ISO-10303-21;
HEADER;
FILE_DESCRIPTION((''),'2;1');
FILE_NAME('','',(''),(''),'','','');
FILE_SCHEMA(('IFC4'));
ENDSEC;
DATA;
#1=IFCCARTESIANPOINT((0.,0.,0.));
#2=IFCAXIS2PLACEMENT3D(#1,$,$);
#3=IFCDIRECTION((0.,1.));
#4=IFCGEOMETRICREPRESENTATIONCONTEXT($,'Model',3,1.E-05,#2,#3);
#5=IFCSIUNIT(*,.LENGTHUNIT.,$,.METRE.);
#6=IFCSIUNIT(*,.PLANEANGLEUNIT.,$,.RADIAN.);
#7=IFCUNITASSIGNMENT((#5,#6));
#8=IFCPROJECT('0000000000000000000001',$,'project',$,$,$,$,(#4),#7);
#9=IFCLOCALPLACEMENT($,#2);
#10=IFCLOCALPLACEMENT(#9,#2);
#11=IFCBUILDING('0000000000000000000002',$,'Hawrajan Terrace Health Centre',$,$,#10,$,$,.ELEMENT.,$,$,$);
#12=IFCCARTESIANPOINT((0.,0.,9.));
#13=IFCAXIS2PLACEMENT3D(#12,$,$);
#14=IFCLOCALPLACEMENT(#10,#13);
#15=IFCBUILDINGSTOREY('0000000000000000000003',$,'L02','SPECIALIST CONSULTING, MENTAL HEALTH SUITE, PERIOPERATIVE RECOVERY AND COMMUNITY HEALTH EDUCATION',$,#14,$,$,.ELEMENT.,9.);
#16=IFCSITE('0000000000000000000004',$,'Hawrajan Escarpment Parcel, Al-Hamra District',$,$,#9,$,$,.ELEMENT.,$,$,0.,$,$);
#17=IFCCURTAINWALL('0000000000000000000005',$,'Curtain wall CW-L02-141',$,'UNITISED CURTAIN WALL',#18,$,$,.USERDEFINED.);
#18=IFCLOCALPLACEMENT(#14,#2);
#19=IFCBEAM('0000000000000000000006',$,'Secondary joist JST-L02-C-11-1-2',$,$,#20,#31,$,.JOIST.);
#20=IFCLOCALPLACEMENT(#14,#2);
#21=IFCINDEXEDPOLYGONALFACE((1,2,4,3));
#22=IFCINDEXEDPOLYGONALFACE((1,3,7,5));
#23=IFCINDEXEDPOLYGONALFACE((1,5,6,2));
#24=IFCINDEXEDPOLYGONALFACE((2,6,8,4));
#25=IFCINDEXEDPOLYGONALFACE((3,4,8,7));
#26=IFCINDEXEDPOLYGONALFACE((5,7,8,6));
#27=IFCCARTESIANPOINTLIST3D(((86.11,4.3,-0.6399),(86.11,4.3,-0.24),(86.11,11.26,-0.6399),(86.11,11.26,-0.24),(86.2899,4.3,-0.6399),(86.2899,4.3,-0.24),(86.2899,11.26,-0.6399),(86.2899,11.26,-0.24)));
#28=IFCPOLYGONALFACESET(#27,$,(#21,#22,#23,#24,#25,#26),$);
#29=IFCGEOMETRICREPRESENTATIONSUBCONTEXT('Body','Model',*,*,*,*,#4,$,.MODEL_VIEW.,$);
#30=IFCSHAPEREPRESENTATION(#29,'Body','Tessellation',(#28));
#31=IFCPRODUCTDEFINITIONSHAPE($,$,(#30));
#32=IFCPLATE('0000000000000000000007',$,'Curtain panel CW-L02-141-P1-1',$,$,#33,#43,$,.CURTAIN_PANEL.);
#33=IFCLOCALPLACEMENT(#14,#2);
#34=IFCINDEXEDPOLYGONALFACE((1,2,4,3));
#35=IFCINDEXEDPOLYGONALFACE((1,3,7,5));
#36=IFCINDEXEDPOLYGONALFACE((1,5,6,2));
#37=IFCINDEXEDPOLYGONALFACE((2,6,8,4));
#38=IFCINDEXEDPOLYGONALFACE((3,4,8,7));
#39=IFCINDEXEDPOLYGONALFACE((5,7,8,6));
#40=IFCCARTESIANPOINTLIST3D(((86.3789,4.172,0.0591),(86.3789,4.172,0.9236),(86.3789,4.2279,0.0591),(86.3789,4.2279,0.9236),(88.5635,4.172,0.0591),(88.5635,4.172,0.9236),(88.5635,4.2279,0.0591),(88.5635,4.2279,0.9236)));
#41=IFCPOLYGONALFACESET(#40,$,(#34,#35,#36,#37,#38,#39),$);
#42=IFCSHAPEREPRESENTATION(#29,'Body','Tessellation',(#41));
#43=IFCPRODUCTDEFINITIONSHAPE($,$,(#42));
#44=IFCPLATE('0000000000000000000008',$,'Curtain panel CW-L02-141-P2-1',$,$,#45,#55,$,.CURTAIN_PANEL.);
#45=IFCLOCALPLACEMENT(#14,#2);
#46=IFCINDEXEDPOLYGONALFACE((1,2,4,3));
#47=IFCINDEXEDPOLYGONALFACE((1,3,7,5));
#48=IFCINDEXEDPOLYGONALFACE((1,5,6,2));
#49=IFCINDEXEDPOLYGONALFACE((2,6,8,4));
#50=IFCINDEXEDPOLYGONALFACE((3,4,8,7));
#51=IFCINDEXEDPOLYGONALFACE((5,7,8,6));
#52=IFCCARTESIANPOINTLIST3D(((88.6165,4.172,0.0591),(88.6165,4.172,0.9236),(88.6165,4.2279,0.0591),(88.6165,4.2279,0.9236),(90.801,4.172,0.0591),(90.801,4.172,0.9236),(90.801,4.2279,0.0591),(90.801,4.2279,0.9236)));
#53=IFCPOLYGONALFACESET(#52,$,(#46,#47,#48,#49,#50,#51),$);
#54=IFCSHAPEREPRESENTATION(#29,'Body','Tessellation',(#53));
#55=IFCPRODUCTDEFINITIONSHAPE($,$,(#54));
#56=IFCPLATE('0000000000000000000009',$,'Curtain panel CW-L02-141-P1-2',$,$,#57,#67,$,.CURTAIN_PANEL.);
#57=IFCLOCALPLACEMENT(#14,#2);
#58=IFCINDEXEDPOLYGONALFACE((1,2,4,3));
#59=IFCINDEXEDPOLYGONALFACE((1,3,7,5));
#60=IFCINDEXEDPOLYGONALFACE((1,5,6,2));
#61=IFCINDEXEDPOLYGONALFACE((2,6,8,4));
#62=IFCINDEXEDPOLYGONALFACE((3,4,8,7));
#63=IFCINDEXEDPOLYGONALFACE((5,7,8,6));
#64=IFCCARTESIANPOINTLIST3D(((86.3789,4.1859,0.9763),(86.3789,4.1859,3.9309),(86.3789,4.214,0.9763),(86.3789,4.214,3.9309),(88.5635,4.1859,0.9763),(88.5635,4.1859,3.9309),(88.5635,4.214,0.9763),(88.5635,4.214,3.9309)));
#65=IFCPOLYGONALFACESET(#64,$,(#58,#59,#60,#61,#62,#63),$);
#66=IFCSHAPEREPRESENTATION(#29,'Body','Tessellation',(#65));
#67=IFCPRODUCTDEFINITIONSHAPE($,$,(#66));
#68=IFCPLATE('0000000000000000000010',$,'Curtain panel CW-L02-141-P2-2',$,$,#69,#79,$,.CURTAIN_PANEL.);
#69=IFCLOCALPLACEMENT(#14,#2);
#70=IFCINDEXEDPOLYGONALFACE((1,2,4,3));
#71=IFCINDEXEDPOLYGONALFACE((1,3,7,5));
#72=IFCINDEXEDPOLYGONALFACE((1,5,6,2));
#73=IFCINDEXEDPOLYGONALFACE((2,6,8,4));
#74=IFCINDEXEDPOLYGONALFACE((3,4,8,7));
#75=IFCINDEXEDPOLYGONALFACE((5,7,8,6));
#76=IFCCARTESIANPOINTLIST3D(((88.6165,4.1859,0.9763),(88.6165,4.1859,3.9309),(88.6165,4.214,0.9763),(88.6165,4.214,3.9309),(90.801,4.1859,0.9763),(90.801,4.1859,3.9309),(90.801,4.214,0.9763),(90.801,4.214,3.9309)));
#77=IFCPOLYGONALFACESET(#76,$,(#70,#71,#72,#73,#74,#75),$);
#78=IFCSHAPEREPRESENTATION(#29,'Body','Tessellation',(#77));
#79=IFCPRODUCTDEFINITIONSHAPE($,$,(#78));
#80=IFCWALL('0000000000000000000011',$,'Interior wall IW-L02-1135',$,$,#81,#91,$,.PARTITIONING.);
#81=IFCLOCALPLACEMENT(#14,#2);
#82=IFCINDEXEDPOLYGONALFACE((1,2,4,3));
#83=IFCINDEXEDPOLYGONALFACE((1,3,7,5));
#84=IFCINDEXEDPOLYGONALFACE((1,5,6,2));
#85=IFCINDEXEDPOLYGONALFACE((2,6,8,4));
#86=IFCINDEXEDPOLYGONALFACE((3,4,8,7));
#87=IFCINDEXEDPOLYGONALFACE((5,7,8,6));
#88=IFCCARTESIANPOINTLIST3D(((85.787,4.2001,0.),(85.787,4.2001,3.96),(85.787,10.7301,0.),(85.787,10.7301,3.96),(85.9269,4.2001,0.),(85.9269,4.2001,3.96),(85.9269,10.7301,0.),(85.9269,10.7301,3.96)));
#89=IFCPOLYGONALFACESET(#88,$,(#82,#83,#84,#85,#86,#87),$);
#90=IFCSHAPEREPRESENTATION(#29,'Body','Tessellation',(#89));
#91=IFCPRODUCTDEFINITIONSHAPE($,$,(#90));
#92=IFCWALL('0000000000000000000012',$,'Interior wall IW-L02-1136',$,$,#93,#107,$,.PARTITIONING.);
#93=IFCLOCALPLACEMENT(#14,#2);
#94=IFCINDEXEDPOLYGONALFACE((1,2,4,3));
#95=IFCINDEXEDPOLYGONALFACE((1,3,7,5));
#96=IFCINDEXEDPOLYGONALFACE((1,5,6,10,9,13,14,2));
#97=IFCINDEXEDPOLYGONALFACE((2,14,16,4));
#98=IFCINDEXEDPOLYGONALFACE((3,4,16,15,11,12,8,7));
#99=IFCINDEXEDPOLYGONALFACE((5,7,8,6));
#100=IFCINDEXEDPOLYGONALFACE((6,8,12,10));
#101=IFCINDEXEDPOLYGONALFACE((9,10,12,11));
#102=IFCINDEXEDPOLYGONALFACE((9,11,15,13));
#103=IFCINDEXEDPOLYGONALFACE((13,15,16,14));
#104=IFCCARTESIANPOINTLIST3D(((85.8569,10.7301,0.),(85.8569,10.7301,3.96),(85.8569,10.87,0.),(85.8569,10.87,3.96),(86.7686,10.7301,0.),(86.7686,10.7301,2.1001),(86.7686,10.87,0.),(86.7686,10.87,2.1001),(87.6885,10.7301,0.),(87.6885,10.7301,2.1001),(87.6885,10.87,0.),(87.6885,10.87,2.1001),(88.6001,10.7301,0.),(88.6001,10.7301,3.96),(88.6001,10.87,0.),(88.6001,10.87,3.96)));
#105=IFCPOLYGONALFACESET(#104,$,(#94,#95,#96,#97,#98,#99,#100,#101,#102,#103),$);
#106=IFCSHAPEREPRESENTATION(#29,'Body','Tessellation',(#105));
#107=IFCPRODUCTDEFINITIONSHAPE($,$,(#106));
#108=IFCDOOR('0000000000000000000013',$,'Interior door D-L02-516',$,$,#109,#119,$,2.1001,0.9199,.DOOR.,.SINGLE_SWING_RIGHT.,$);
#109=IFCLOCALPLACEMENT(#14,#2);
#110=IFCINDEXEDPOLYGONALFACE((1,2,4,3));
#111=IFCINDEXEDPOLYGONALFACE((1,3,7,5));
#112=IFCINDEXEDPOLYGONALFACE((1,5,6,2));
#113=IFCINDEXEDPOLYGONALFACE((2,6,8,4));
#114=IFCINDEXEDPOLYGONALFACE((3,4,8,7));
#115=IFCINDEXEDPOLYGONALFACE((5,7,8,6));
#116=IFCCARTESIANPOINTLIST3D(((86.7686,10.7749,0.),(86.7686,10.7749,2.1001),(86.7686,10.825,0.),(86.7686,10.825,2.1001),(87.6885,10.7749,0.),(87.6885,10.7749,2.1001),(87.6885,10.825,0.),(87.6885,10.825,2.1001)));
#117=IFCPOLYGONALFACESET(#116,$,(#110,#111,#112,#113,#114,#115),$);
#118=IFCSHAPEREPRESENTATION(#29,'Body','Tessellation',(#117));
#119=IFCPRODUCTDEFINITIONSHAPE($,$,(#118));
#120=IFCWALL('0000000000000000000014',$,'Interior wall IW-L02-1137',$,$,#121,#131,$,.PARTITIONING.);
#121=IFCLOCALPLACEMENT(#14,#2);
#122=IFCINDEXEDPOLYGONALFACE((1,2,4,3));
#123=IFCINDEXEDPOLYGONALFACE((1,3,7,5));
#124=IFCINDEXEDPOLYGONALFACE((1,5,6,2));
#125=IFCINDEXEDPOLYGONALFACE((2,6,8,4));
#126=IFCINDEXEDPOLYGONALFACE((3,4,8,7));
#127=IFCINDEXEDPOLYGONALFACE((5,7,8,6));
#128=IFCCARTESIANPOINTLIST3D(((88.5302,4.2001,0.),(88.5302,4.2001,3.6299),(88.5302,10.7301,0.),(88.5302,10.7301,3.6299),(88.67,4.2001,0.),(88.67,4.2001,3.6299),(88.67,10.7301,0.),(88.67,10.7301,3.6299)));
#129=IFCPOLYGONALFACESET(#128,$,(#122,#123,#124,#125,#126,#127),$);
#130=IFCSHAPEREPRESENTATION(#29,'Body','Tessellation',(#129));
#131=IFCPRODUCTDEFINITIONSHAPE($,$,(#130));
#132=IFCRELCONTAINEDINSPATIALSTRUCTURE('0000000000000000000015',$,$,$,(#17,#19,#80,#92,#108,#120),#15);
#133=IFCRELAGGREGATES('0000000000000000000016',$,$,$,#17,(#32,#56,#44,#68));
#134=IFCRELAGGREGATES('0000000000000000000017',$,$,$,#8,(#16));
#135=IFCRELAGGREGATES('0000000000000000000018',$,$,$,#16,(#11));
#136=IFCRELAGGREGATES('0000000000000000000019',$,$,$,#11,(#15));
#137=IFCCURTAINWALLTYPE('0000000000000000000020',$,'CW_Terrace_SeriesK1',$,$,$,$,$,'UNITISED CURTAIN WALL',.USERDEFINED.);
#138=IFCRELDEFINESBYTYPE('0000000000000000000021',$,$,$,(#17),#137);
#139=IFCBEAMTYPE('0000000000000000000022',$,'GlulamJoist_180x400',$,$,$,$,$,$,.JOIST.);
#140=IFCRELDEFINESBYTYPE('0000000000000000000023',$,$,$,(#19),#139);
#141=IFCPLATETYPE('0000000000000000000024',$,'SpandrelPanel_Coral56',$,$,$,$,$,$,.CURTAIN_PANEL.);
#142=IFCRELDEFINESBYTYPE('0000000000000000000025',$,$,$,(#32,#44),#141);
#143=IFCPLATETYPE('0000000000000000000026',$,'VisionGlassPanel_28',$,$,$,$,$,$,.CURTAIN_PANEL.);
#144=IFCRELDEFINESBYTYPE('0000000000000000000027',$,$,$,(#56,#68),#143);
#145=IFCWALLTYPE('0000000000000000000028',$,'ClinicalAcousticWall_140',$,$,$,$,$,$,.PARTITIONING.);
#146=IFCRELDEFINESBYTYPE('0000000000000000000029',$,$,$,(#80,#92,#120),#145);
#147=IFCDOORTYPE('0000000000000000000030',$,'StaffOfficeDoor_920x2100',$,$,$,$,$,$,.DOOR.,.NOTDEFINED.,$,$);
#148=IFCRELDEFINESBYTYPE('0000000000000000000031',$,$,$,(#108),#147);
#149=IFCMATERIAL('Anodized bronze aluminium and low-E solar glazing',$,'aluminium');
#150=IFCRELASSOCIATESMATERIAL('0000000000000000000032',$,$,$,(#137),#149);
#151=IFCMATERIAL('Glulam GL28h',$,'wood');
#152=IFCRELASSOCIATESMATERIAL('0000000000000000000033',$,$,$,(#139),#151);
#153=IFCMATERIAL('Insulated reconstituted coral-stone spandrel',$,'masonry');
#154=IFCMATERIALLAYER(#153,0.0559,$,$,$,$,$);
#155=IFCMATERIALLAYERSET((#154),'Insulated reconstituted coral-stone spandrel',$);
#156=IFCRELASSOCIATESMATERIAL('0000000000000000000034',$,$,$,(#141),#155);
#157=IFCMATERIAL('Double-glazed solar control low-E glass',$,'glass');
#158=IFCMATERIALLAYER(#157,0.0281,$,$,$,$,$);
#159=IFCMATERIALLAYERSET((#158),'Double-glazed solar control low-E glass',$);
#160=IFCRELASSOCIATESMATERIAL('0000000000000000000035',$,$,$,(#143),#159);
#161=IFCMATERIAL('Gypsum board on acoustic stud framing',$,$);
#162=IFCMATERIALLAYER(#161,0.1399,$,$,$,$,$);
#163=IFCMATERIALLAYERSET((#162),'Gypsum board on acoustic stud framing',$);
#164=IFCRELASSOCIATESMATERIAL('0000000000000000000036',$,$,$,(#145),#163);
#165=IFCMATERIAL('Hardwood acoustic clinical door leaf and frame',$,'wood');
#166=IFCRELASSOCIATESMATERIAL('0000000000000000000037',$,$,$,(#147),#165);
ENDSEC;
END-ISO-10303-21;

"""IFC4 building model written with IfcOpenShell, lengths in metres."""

from ifc_helpers import new_model, si_unit, direction, frame, frame_2d, origin, origin_2d, place, context, subcontext, project, spatial, rectangle, extrude, material, layer, layer_set, material_profile, profile_set, type_object, element, fill, aggregate, save


model = new_model("IFC4")

# Units and contexts
model_context = context("Model", 3, precision=1e-05, world=origin(), true_north=direction((0.0, 1.0)))
body_context = subcontext(model_context, "Body", "Model", "MODEL_VIEW")
ifc_project = project(units=[si_unit("LENGTHUNIT", "METRE"), si_unit("PLANEANGLEUNIT", "RADIAN")], contexts=[model_context])

# Site, building, storey
site_placement = place(None, origin())
site = spatial("IfcSite", under=ifc_project, at=site_placement, Name="Hawrajan Escarpment Parcel, Al-Hamra District", CompositionType="ELEMENT", RefElevation=0.0)
building_placement = place(site_placement, origin())
building = spatial("IfcBuilding", under=site, at=building_placement, Name="Hawrajan Terrace Health Centre", CompositionType="ELEMENT")
storey_placement = place(building_placement, frame((0.0, 0.0, 9.0)))
storey = spatial("IfcBuildingStorey", under=building, at=storey_placement, Name="L02", Description="SPECIALIST CONSULTING, MENTAL HEALTH SUITE, PERIOPERATIVE RECOVERY AND COMMUNITY HEALTH EDUCATION", CompositionType="ELEMENT", Elevation=9.0)

# Curtain wall
ifc_material_1 = material(Name="Anodized bronze aluminium and low-E solar glazing", Category="aluminium")
curtain_wall_type_1 = type_object("IfcCurtainWallType", Name="CW_Terrace_SeriesK1", ElementType="UNITISED CURTAIN WALL", PredefinedType="USERDEFINED", material=ifc_material_1)
curtain_wall_1_placement = place(storey_placement, origin())
curtain_wall_1 = element("IfcCurtainWall", 1, at=curtain_wall_1_placement, inside=storey, type_object=curtain_wall_type_1, Name="Curtain wall CW-L02-141", ObjectType="UNITISED CURTAIN WALL", PredefinedType="USERDEFINED")

# Beam
ifc_material_2 = material(Name="Glulam GL28h", Category="wood")
ifc_material_profile_1 = material_profile(ifc_material_2, rectangle(XDim=0.1799, YDim=0.3999, at=origin_2d()), Name="GL JST 180x400")
ifc_profile_set_1 = profile_set([ifc_material_profile_1], Name="Glulam GL28h")
beam_type_1 = type_object("IfcBeamType", Name="GlulamJoist_180x400", PredefinedType="JOIST", material=ifc_profile_set_1)
beam_1_placement = place(storey_placement, frame((86.2, 4.3, -0.4399), z_axis=(0.0, 1.0, 0.0), x_axis=(-1.0, 0.0, 0.0)))
element("IfcBeam", 2, at=beam_1_placement, inside=storey, type_object=beam_type_1, Name="Secondary joist JST-L02-C-11-1-2", PredefinedType="JOIST", context=body_context, shape_type="SweptSolid", body=[
    extrude(rectangle(XDim=0.1799, YDim=0.3999, at=origin_2d()), origin(), (0.0, 0.0, 1.0), 6.96),
])

# Plates
ifc_material_3 = material(Name="Insulated reconstituted coral-stone spandrel", Category="masonry")
ifc_layer_1 = layer(ifc_material_3, 0.0559)
ifc_layer_set_1 = layer_set([ifc_layer_1], Name="Insulated reconstituted coral-stone spandrel")
plate_type_1 = type_object("IfcPlateType", Name="SpandrelPanel_Coral56", PredefinedType="CURTAIN_PANEL", material=ifc_layer_set_1)
plate_1_placement = place(storey_placement, frame((87.4712, 4.2, 0.0591), z_axis=(0.0, 0.0, 1.0), x_axis=(1.0, 0.0, 0.0)))
plate_1 = element("IfcPlate", 3, at=plate_1_placement, type_object=plate_type_1, Name="Curtain panel CW-L02-141-P1-1", PredefinedType="CURTAIN_PANEL", context=body_context, shape_type="SweptSolid", body=[
    extrude(rectangle(XDim=2.1846, YDim=0.0559, at=origin_2d()), origin(), (0.0, 0.0, 1.0), 0.8645),
])
plate_2_placement = place(storey_placement, frame((89.7087, 4.2, 0.0591), z_axis=(0.0, 0.0, 1.0), x_axis=(1.0, 0.0, 0.0)))
plate_2 = element("IfcPlate", 4, at=plate_2_placement, type_object=plate_type_1, Name="Curtain panel CW-L02-141-P2-1", PredefinedType="CURTAIN_PANEL", context=body_context, shape_type="SweptSolid", body=[
    extrude(rectangle(XDim=2.1846, YDim=0.0559, at=origin_2d()), origin(), (0.0, 0.0, 1.0), 0.8645),
])
ifc_material_4 = material(Name="Double-glazed solar control low-E glass", Category="glass")
ifc_layer_2 = layer(ifc_material_4, 0.0281)
ifc_layer_set_2 = layer_set([ifc_layer_2], Name="Double-glazed solar control low-E glass")
plate_type_2 = type_object("IfcPlateType", Name="VisionGlassPanel_28", PredefinedType="CURTAIN_PANEL", material=ifc_layer_set_2)
plate_3_placement = place(storey_placement, frame((87.4712, 4.2, 0.9763), z_axis=(0.0, 0.0, 1.0), x_axis=(1.0, 0.0, 0.0)))
plate_3 = element("IfcPlate", 5, at=plate_3_placement, type_object=plate_type_2, Name="Curtain panel CW-L02-141-P1-2", PredefinedType="CURTAIN_PANEL", context=body_context, shape_type="SweptSolid", body=[
    extrude(rectangle(XDim=2.1846, YDim=0.0281, at=origin_2d()), origin(), (0.0, 0.0, 1.0), 2.9546),
])
plate_4_placement = place(storey_placement, frame((89.7087, 4.2, 0.9763), z_axis=(0.0, 0.0, 1.0), x_axis=(1.0, 0.0, 0.0)))
plate_4 = element("IfcPlate", 6, at=plate_4_placement, type_object=plate_type_2, Name="Curtain panel CW-L02-141-P2-2", PredefinedType="CURTAIN_PANEL", context=body_context, shape_type="SweptSolid", body=[
    extrude(rectangle(XDim=2.1846, YDim=0.0281, at=origin_2d()), origin(), (0.0, 0.0, 1.0), 2.9546),
])
aggregate(curtain_wall_1, [plate_1, plate_3, plate_2, plate_4])

# Wall
ifc_material_5 = material(Name="Gypsum board on acoustic stud framing")
ifc_layer_3 = layer(ifc_material_5, 0.1399)
ifc_layer_set_3 = layer_set([ifc_layer_3], Name="Gypsum board on acoustic stud framing")
wall_type = type_object("IfcWallType", Name="ClinicalAcousticWall_140", PredefinedType="PARTITIONING", material=ifc_layer_set_3)
wall_1_placement = place(storey_placement, frame((85.8569, 4.2, 0.0), z_axis=(0.0, 0.0, 1.0), x_axis=(0.0, 1.0, 0.0)))
element("IfcWall", 7, at=wall_1_placement, inside=storey, type_object=wall_type, Name="Interior wall IW-L02-1135", PredefinedType="PARTITIONING", context=body_context, shape_type="SweptSolid", body=[
    extrude(rectangle(XDim=6.53, YDim=0.1399, at=frame_2d((3.2651, 0.0))), origin(), (0.0, 0.0, 1.0), 3.96),
])

# Wall, opening, door
wall_2_placement = place(storey_placement, frame((85.8569, 10.8, 0.0), z_axis=(0.0, 0.0, 1.0), x_axis=(1.0, 0.0, 0.0)))
wall_2 = element("IfcWall", 8, at=wall_2_placement, inside=storey, type_object=wall_type, Name="Interior wall IW-L02-1136", PredefinedType="PARTITIONING", context=body_context, shape_type="SweptSolid", body=[
    extrude(rectangle(XDim=2.7432, YDim=0.1399, at=frame_2d((1.3716, 0.0))), origin(), (0.0, 0.0, 1.0), 3.96),
])
opening_1_placement = place(wall_2_placement, frame((0.9116, 0.0, 0.0)))
opening_1 = element("IfcOpeningElement", 9, at=opening_1_placement, cuts=wall_2, PredefinedType="OPENING", context=body_context, shape_type="SweptSolid", body=[
    extrude(rectangle(XDim=0.9199, YDim=2.1001, at=frame_2d((0.46, 1.05))), frame((0.0, 0.0798, 0.0), z_axis=(0.0, -1.0, 0.0), x_axis=(1.0, 0.0, 0.0)), (0.0, 0.0, 1.0), 0.1599),
])
ifc_material_6 = material(Name="Hardwood acoustic clinical door leaf and frame", Category="wood")
door_type_1 = type_object("IfcDoorType", Name="StaffOfficeDoor_920x2100", OperationType="NOTDEFINED", PredefinedType="DOOR", material=ifc_material_6)
door_1_placement = place(opening_1_placement, origin())
door_1 = element("IfcDoor", 10, at=door_1_placement, inside=storey, type_object=door_type_1, Name="Interior door D-L02-516", OperationType="SINGLE_SWING_RIGHT", OverallHeight=2.1001, OverallWidth=0.9199, PredefinedType="DOOR", context=body_context, shape_type="SweptSolid", body=[
    extrude(rectangle(XDim=0.9199, YDim=2.1001, at=frame_2d((0.46, 1.05))), frame((0.0, 0.0249, 0.0), z_axis=(0.0, -1.0, 0.0), x_axis=(1.0, 0.0, 0.0)), (0.0, 0.0, 1.0), 0.05),
])
fill(opening_1, door_1)

# Wall
wall_3_placement = place(storey_placement, frame((88.6001, 4.2, 0.0), z_axis=(0.0, 0.0, 1.0), x_axis=(0.0, 1.0, 0.0)))
element("IfcWall", 11, at=wall_3_placement, inside=storey, type_object=wall_type, Name="Interior wall IW-L02-1137", PredefinedType="PARTITIONING", context=body_context, shape_type="SweptSolid", body=[
    extrude(rectangle(XDim=6.53, YDim=0.1399, at=frame_2d((3.2651, 0.0))), origin(), (0.0, 0.0, 1.0), 3.6299),
])

save(model, "model.ifc")
